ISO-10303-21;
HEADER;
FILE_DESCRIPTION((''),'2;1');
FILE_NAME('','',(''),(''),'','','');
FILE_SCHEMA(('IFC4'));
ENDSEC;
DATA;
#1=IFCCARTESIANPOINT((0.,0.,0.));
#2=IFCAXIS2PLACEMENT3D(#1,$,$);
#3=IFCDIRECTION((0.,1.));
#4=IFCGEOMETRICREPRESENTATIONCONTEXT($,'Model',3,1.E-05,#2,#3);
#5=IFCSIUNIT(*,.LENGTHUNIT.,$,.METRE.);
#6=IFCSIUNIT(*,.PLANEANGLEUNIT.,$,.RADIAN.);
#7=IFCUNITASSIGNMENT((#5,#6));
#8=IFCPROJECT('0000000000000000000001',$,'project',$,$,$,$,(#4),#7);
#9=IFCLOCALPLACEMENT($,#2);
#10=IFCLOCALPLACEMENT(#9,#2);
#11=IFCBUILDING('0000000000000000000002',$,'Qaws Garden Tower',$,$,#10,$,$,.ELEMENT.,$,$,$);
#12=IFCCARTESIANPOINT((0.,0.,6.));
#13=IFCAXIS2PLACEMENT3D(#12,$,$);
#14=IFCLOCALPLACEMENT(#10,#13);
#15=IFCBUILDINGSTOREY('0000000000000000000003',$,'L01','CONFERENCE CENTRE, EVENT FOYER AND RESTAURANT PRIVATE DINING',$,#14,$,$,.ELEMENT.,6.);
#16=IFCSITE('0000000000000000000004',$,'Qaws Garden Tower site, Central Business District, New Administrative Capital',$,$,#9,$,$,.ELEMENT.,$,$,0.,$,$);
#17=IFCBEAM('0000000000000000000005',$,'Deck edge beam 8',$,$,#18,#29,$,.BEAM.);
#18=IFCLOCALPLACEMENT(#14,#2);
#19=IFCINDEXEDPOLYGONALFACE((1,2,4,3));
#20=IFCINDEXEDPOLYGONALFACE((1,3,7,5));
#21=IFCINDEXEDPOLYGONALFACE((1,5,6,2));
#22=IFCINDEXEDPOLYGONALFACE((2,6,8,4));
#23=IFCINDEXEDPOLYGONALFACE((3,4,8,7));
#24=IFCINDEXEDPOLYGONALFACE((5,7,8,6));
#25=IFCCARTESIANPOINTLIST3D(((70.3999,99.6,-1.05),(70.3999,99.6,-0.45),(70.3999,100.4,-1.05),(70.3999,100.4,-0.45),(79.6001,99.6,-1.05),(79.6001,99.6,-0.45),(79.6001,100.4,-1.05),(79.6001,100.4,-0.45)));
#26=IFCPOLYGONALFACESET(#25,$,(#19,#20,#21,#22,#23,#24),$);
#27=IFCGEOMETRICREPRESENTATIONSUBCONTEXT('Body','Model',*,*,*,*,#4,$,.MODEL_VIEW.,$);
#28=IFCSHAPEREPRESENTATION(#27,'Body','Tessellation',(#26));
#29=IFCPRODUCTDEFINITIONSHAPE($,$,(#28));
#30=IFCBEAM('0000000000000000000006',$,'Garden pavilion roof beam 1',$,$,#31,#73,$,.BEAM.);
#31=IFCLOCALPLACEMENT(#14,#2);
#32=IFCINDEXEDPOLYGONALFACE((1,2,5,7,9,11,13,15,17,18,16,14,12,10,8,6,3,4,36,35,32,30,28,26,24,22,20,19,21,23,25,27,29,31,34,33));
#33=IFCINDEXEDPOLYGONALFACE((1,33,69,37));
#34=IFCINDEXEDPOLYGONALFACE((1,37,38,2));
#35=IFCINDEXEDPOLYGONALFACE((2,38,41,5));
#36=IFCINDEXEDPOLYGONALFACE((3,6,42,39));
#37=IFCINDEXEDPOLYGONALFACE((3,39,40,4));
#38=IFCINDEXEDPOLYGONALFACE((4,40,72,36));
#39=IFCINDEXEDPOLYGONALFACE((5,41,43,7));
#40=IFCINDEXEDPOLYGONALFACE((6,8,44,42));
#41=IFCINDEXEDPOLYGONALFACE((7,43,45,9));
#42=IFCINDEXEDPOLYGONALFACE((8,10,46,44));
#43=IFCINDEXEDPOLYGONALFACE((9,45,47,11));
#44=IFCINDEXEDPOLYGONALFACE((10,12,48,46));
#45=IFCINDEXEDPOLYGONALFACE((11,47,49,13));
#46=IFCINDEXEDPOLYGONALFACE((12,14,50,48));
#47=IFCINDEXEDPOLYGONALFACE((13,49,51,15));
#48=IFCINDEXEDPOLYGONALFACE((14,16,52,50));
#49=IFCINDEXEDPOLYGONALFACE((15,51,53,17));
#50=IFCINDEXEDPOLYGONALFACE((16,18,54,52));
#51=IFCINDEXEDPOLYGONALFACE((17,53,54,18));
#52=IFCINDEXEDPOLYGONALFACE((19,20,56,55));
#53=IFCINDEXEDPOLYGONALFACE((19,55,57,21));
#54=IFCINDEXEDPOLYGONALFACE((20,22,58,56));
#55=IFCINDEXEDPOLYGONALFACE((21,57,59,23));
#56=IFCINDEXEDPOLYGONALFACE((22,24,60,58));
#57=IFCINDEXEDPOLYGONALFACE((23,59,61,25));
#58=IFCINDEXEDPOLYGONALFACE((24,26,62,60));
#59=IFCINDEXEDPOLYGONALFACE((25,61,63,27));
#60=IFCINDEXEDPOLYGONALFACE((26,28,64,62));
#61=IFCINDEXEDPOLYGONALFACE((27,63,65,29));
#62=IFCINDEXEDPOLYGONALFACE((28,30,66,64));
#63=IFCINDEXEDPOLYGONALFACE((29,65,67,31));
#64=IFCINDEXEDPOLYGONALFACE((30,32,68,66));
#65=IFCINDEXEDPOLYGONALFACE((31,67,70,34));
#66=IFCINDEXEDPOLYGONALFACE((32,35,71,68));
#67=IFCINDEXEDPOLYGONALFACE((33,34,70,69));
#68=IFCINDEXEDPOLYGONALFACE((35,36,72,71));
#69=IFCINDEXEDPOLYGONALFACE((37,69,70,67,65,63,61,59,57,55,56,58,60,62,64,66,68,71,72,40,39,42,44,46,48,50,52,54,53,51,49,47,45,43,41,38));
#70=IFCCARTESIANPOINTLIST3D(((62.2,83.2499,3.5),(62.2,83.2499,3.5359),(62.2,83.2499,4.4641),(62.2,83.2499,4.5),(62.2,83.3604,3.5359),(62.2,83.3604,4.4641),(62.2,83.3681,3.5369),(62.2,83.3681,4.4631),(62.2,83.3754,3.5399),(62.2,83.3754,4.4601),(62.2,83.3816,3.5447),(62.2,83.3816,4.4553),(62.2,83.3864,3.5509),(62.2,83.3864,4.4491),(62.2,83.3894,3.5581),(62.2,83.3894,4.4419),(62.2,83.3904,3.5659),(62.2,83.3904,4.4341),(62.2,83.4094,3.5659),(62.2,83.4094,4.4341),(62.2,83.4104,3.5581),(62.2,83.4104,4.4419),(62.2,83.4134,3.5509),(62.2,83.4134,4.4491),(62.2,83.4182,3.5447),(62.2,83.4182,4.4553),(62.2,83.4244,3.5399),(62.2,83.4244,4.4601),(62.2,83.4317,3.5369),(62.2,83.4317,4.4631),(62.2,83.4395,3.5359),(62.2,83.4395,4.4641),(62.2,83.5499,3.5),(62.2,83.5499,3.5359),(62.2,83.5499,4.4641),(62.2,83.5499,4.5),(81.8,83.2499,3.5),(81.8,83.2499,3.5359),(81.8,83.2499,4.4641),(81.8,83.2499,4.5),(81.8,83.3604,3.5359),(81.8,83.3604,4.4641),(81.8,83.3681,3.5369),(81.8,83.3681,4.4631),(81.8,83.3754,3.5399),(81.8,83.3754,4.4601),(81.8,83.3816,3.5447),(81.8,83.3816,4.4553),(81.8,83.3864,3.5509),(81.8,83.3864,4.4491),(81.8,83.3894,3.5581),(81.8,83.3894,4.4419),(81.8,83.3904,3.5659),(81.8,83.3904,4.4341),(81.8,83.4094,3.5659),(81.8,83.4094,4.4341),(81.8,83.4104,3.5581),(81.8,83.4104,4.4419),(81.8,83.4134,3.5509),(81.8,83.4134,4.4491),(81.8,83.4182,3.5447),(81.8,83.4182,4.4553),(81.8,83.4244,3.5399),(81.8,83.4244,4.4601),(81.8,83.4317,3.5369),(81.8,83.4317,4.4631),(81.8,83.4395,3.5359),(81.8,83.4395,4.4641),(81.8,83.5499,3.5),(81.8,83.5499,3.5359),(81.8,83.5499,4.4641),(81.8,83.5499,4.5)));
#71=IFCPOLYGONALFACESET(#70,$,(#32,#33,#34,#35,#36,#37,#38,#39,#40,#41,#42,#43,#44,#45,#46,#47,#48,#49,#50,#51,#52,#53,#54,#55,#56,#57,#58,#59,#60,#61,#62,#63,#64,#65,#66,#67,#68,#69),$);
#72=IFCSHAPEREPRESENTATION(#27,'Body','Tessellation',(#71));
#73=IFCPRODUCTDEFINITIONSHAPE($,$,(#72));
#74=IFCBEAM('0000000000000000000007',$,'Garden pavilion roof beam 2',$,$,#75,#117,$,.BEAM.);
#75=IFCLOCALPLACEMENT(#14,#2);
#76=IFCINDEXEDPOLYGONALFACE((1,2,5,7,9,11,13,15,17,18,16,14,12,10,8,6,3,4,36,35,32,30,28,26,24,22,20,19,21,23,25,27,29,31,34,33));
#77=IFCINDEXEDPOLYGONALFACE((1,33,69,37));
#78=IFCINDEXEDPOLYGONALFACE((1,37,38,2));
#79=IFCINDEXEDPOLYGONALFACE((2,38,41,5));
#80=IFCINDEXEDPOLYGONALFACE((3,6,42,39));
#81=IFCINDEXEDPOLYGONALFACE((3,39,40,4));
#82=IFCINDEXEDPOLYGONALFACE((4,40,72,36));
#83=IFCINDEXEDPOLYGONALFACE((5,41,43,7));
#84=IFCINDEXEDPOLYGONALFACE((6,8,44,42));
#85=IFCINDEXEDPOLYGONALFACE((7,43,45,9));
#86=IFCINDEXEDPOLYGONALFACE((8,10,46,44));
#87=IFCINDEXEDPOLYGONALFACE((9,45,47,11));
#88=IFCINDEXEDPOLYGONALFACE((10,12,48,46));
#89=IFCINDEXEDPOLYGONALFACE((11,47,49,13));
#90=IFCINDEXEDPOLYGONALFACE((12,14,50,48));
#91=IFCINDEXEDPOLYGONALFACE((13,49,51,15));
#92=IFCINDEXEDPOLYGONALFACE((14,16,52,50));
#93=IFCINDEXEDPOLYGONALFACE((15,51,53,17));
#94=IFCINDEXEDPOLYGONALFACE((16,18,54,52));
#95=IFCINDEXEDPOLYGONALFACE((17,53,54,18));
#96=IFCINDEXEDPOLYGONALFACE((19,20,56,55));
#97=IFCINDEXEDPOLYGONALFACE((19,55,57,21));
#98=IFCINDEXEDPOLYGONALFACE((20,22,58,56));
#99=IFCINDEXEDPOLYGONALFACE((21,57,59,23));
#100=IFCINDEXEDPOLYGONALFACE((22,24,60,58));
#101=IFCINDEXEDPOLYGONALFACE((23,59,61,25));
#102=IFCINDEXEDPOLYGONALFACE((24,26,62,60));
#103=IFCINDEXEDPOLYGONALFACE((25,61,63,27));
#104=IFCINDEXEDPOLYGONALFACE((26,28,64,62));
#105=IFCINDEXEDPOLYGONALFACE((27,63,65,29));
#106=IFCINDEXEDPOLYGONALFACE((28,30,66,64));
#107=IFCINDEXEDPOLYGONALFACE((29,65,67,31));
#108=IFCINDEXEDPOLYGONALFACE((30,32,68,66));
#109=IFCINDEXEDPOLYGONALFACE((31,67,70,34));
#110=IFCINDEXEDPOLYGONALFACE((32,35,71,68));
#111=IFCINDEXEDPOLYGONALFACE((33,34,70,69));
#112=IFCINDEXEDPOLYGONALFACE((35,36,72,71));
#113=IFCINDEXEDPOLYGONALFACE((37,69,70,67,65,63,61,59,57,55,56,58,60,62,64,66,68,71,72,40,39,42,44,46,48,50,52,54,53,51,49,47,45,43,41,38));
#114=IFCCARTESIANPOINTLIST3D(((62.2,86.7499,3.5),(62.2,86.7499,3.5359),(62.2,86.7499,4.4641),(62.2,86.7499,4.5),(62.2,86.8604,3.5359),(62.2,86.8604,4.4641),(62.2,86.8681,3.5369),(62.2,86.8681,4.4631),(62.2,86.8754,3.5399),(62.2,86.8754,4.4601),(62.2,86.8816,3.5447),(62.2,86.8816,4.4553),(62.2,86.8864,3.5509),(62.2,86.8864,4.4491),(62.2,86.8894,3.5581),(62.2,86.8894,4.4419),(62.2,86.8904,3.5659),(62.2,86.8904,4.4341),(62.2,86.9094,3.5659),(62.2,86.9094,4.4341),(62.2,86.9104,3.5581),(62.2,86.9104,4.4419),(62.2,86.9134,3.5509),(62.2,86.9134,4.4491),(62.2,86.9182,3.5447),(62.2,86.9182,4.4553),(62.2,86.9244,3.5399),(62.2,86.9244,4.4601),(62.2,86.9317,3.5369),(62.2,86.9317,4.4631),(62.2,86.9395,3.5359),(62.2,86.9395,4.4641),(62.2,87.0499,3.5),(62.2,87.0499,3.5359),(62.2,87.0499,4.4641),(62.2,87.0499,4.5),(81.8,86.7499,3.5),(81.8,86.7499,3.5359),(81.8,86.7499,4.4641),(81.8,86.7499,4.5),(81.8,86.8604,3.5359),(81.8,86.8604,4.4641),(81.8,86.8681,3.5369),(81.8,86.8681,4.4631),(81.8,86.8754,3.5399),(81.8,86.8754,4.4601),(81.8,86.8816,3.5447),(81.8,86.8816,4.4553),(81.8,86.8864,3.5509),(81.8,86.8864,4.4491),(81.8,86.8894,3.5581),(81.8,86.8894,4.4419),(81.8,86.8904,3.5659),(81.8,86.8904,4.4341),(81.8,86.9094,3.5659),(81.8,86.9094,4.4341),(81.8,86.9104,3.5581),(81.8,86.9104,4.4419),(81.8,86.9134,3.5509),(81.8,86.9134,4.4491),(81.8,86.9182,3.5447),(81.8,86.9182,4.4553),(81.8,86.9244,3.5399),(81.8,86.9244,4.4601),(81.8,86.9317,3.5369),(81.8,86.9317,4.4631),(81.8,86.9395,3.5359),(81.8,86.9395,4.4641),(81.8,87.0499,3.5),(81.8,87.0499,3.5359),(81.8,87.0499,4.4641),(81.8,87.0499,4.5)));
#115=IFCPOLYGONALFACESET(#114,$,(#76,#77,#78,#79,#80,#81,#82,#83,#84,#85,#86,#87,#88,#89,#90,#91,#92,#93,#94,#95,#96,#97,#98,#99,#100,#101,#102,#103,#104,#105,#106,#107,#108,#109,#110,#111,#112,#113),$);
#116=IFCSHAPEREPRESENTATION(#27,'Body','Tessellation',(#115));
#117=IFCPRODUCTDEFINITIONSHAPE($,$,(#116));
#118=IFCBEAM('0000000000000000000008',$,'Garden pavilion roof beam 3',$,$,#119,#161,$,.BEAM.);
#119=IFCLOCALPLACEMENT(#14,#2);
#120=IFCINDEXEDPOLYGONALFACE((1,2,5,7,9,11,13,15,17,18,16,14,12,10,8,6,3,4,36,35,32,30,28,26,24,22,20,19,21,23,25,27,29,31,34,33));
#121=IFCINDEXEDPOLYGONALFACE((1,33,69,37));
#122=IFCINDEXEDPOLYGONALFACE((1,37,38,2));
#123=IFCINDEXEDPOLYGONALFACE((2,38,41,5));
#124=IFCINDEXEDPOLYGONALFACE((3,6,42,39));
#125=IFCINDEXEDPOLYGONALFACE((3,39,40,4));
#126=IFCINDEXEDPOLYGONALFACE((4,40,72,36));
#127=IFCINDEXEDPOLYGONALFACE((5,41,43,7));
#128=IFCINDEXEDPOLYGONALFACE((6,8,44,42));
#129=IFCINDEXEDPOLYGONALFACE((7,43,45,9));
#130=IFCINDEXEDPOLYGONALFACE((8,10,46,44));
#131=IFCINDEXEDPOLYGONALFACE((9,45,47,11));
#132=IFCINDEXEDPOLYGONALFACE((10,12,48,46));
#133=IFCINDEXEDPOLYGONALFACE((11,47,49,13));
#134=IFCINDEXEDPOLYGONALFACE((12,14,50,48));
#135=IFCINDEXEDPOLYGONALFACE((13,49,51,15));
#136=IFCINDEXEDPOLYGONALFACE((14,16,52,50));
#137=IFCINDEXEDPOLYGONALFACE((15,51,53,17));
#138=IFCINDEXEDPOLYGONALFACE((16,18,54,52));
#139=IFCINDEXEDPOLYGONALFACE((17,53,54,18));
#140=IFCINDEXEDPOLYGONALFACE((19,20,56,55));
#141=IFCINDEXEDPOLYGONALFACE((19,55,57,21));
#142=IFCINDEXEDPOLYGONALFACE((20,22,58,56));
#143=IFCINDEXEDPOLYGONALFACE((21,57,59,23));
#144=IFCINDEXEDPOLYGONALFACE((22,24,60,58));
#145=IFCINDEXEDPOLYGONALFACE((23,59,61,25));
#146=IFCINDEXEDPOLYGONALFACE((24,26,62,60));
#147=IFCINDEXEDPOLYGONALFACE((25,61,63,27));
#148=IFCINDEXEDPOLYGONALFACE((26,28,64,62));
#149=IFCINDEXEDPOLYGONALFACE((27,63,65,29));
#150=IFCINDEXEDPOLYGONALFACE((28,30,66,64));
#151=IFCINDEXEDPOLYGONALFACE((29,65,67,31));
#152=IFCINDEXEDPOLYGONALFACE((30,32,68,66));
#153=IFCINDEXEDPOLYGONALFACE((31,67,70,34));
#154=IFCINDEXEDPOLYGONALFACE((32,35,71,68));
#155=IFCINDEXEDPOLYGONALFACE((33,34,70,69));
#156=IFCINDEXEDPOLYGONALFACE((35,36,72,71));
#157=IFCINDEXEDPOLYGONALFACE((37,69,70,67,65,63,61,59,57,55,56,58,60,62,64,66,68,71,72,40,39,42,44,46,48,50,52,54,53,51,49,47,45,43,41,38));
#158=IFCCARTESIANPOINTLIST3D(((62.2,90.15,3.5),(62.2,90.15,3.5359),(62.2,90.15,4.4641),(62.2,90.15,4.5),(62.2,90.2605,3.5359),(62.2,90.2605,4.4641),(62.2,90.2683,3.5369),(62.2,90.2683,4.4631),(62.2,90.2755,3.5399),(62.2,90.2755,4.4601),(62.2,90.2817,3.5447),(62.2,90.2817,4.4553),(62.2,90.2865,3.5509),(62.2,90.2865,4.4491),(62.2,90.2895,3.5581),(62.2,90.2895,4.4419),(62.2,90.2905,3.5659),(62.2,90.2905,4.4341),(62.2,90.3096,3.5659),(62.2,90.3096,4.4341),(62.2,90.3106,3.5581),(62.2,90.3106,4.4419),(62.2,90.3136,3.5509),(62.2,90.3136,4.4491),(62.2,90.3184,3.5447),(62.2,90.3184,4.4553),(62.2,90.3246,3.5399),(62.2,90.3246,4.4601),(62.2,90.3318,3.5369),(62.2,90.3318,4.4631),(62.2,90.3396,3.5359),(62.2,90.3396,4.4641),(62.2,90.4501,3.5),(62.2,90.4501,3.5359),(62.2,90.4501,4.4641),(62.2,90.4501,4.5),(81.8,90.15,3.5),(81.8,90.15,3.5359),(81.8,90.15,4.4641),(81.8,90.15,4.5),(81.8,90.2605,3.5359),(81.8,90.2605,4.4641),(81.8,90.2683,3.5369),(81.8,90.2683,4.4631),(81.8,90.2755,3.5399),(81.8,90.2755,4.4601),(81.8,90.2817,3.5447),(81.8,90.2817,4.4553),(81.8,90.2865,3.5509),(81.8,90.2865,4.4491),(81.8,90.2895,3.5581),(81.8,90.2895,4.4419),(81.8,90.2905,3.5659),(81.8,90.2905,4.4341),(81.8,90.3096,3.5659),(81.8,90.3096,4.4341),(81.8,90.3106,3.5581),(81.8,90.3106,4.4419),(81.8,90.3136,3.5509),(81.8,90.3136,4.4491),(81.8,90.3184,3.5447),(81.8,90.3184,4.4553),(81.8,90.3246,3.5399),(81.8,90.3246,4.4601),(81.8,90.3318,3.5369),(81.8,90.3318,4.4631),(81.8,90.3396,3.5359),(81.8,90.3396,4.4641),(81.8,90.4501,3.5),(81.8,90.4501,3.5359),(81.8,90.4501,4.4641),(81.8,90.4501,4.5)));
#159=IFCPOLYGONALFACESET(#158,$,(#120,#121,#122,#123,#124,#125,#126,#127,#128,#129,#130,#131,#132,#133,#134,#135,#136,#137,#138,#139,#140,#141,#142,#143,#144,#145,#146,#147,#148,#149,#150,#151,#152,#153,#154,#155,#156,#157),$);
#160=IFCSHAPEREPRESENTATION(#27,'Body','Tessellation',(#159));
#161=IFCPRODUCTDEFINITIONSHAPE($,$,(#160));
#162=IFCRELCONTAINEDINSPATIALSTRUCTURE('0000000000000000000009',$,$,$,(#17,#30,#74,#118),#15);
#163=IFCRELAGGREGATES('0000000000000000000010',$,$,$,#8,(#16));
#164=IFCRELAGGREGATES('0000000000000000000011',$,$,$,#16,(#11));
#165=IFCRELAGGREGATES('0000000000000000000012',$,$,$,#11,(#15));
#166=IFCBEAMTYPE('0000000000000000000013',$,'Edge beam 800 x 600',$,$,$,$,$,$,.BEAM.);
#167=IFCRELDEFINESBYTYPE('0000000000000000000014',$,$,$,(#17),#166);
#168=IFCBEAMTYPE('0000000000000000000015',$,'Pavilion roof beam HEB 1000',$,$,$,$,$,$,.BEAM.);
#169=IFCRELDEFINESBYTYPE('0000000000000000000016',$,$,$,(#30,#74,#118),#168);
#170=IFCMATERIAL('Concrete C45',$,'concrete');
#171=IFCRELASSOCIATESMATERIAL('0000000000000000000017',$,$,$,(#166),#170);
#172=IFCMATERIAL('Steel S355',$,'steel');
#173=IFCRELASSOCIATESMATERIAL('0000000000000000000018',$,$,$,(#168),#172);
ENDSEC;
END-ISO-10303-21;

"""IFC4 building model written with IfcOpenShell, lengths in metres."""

from ifc_helpers import new_model, si_unit, direction, frame, origin, origin_2d, place, context, subcontext, project, spatial, rectangle, i_section, extrude, material, material_profile, profile_set, type_object, element, save


model = new_model("IFC4")

# Units and contexts
model_context = context("Model", 3, precision=1e-05, world=origin(), true_north=direction((0.0, 1.0)))
body_context = subcontext(model_context, "Body", "Model", "MODEL_VIEW")
ifc_project = project(units=[si_unit("LENGTHUNIT", "METRE"), si_unit("PLANEANGLEUNIT", "RADIAN")], contexts=[model_context])

# Site, building, storey
site_placement = place(None, origin())
site = spatial("IfcSite", under=ifc_project, at=site_placement, Name="Qaws Garden Tower site, Central Business District, New Administrative Capital", CompositionType="ELEMENT", RefElevation=0.0)
building_placement = place(site_placement, origin())
building = spatial("IfcBuilding", under=site, at=building_placement, Name="Qaws Garden Tower", CompositionType="ELEMENT")
storey_placement = place(building_placement, frame((0.0, 0.0, 6.0)))
storey = spatial("IfcBuildingStorey", under=building, at=storey_placement, Name="L01", Description="CONFERENCE CENTRE, EVENT FOYER AND RESTAURANT PRIVATE DINING", CompositionType="ELEMENT", Elevation=6.0)

# Beams
ifc_material_1 = material(Name="Concrete C45", Category="concrete")
ifc_material_profile_1 = material_profile(ifc_material_1, rectangle(XDim=0.8, YDim=0.6001, at=origin_2d()), Name="Edge beam 800 x 600")
ifc_profile_set_1 = profile_set([ifc_material_profile_1], Name="Concrete C45")
beam_type_1 = type_object("IfcBeamType", Name="Edge beam 800 x 600", PredefinedType="BEAM", material=ifc_profile_set_1)
beam_placement = place(storey_placement, frame((70.3999, 100.0, -0.75), z_axis=(1.0, 0.0, 0.0), x_axis=(0.0, 1.0, 0.0)))
element("IfcBeam", 1, at=beam_placement, inside=storey, type_object=beam_type_1, Name="Deck edge beam 8", PredefinedType="BEAM", context=body_context, shape_type="SweptSolid", body=[
    extrude(rectangle(XDim=0.8, YDim=0.6001, at=origin_2d()), origin(), (0.0, 0.0, 1.0), 9.2002),
])
ifc_material_2 = material(Name="Steel S355", Category="steel")
ifc_material_profile_2 = material_profile(ifc_material_2, i_section(OverallWidth=0.3, OverallDepth=1.0, WebThickness=0.019, FlangeThickness=0.0359, FilletRadius=0.03, at=origin_2d()), Name="HEB 1000")
ifc_profile_set_2 = profile_set([ifc_material_profile_2], Name="Steel S355")
beam_type_2 = type_object("IfcBeamType", Name="Pavilion roof beam HEB 1000", PredefinedType="BEAM", material=ifc_profile_set_2)
for number, where, z_axis, x_axis, name in (
    (2, (62.2, 83.3999, 4.0), (1.0, 0.0, 0.0), (0.0, 1.0, 0.0), "Garden pavilion roof beam 1"),
    (3, (62.2, 86.8999, 4.0), (1.0, 0.0, 0.0), (0.0, 1.0, 0.0), "Garden pavilion roof beam 2"),
    (4, (62.2, 90.3, 4.0), (1.0, 0.0, 0.0), (0.0, 1.0, 0.0), "Garden pavilion roof beam 3"),
):
    element("IfcBeam", number, at=place(storey_placement, frame(where, z_axis=z_axis, x_axis=x_axis)), inside=storey, type_object=beam_type_2, Name=name, PredefinedType="BEAM", context=body_context, shape_type="SweptSolid", body=[
        extrude(i_section(OverallWidth=0.3, OverallDepth=1.0, WebThickness=0.019, FlangeThickness=0.0359, FilletRadius=0.03, at=origin_2d()), origin(), (0.0, 0.0, 1.0), 19.6001),
    ])

save(model, "model.ifc")
